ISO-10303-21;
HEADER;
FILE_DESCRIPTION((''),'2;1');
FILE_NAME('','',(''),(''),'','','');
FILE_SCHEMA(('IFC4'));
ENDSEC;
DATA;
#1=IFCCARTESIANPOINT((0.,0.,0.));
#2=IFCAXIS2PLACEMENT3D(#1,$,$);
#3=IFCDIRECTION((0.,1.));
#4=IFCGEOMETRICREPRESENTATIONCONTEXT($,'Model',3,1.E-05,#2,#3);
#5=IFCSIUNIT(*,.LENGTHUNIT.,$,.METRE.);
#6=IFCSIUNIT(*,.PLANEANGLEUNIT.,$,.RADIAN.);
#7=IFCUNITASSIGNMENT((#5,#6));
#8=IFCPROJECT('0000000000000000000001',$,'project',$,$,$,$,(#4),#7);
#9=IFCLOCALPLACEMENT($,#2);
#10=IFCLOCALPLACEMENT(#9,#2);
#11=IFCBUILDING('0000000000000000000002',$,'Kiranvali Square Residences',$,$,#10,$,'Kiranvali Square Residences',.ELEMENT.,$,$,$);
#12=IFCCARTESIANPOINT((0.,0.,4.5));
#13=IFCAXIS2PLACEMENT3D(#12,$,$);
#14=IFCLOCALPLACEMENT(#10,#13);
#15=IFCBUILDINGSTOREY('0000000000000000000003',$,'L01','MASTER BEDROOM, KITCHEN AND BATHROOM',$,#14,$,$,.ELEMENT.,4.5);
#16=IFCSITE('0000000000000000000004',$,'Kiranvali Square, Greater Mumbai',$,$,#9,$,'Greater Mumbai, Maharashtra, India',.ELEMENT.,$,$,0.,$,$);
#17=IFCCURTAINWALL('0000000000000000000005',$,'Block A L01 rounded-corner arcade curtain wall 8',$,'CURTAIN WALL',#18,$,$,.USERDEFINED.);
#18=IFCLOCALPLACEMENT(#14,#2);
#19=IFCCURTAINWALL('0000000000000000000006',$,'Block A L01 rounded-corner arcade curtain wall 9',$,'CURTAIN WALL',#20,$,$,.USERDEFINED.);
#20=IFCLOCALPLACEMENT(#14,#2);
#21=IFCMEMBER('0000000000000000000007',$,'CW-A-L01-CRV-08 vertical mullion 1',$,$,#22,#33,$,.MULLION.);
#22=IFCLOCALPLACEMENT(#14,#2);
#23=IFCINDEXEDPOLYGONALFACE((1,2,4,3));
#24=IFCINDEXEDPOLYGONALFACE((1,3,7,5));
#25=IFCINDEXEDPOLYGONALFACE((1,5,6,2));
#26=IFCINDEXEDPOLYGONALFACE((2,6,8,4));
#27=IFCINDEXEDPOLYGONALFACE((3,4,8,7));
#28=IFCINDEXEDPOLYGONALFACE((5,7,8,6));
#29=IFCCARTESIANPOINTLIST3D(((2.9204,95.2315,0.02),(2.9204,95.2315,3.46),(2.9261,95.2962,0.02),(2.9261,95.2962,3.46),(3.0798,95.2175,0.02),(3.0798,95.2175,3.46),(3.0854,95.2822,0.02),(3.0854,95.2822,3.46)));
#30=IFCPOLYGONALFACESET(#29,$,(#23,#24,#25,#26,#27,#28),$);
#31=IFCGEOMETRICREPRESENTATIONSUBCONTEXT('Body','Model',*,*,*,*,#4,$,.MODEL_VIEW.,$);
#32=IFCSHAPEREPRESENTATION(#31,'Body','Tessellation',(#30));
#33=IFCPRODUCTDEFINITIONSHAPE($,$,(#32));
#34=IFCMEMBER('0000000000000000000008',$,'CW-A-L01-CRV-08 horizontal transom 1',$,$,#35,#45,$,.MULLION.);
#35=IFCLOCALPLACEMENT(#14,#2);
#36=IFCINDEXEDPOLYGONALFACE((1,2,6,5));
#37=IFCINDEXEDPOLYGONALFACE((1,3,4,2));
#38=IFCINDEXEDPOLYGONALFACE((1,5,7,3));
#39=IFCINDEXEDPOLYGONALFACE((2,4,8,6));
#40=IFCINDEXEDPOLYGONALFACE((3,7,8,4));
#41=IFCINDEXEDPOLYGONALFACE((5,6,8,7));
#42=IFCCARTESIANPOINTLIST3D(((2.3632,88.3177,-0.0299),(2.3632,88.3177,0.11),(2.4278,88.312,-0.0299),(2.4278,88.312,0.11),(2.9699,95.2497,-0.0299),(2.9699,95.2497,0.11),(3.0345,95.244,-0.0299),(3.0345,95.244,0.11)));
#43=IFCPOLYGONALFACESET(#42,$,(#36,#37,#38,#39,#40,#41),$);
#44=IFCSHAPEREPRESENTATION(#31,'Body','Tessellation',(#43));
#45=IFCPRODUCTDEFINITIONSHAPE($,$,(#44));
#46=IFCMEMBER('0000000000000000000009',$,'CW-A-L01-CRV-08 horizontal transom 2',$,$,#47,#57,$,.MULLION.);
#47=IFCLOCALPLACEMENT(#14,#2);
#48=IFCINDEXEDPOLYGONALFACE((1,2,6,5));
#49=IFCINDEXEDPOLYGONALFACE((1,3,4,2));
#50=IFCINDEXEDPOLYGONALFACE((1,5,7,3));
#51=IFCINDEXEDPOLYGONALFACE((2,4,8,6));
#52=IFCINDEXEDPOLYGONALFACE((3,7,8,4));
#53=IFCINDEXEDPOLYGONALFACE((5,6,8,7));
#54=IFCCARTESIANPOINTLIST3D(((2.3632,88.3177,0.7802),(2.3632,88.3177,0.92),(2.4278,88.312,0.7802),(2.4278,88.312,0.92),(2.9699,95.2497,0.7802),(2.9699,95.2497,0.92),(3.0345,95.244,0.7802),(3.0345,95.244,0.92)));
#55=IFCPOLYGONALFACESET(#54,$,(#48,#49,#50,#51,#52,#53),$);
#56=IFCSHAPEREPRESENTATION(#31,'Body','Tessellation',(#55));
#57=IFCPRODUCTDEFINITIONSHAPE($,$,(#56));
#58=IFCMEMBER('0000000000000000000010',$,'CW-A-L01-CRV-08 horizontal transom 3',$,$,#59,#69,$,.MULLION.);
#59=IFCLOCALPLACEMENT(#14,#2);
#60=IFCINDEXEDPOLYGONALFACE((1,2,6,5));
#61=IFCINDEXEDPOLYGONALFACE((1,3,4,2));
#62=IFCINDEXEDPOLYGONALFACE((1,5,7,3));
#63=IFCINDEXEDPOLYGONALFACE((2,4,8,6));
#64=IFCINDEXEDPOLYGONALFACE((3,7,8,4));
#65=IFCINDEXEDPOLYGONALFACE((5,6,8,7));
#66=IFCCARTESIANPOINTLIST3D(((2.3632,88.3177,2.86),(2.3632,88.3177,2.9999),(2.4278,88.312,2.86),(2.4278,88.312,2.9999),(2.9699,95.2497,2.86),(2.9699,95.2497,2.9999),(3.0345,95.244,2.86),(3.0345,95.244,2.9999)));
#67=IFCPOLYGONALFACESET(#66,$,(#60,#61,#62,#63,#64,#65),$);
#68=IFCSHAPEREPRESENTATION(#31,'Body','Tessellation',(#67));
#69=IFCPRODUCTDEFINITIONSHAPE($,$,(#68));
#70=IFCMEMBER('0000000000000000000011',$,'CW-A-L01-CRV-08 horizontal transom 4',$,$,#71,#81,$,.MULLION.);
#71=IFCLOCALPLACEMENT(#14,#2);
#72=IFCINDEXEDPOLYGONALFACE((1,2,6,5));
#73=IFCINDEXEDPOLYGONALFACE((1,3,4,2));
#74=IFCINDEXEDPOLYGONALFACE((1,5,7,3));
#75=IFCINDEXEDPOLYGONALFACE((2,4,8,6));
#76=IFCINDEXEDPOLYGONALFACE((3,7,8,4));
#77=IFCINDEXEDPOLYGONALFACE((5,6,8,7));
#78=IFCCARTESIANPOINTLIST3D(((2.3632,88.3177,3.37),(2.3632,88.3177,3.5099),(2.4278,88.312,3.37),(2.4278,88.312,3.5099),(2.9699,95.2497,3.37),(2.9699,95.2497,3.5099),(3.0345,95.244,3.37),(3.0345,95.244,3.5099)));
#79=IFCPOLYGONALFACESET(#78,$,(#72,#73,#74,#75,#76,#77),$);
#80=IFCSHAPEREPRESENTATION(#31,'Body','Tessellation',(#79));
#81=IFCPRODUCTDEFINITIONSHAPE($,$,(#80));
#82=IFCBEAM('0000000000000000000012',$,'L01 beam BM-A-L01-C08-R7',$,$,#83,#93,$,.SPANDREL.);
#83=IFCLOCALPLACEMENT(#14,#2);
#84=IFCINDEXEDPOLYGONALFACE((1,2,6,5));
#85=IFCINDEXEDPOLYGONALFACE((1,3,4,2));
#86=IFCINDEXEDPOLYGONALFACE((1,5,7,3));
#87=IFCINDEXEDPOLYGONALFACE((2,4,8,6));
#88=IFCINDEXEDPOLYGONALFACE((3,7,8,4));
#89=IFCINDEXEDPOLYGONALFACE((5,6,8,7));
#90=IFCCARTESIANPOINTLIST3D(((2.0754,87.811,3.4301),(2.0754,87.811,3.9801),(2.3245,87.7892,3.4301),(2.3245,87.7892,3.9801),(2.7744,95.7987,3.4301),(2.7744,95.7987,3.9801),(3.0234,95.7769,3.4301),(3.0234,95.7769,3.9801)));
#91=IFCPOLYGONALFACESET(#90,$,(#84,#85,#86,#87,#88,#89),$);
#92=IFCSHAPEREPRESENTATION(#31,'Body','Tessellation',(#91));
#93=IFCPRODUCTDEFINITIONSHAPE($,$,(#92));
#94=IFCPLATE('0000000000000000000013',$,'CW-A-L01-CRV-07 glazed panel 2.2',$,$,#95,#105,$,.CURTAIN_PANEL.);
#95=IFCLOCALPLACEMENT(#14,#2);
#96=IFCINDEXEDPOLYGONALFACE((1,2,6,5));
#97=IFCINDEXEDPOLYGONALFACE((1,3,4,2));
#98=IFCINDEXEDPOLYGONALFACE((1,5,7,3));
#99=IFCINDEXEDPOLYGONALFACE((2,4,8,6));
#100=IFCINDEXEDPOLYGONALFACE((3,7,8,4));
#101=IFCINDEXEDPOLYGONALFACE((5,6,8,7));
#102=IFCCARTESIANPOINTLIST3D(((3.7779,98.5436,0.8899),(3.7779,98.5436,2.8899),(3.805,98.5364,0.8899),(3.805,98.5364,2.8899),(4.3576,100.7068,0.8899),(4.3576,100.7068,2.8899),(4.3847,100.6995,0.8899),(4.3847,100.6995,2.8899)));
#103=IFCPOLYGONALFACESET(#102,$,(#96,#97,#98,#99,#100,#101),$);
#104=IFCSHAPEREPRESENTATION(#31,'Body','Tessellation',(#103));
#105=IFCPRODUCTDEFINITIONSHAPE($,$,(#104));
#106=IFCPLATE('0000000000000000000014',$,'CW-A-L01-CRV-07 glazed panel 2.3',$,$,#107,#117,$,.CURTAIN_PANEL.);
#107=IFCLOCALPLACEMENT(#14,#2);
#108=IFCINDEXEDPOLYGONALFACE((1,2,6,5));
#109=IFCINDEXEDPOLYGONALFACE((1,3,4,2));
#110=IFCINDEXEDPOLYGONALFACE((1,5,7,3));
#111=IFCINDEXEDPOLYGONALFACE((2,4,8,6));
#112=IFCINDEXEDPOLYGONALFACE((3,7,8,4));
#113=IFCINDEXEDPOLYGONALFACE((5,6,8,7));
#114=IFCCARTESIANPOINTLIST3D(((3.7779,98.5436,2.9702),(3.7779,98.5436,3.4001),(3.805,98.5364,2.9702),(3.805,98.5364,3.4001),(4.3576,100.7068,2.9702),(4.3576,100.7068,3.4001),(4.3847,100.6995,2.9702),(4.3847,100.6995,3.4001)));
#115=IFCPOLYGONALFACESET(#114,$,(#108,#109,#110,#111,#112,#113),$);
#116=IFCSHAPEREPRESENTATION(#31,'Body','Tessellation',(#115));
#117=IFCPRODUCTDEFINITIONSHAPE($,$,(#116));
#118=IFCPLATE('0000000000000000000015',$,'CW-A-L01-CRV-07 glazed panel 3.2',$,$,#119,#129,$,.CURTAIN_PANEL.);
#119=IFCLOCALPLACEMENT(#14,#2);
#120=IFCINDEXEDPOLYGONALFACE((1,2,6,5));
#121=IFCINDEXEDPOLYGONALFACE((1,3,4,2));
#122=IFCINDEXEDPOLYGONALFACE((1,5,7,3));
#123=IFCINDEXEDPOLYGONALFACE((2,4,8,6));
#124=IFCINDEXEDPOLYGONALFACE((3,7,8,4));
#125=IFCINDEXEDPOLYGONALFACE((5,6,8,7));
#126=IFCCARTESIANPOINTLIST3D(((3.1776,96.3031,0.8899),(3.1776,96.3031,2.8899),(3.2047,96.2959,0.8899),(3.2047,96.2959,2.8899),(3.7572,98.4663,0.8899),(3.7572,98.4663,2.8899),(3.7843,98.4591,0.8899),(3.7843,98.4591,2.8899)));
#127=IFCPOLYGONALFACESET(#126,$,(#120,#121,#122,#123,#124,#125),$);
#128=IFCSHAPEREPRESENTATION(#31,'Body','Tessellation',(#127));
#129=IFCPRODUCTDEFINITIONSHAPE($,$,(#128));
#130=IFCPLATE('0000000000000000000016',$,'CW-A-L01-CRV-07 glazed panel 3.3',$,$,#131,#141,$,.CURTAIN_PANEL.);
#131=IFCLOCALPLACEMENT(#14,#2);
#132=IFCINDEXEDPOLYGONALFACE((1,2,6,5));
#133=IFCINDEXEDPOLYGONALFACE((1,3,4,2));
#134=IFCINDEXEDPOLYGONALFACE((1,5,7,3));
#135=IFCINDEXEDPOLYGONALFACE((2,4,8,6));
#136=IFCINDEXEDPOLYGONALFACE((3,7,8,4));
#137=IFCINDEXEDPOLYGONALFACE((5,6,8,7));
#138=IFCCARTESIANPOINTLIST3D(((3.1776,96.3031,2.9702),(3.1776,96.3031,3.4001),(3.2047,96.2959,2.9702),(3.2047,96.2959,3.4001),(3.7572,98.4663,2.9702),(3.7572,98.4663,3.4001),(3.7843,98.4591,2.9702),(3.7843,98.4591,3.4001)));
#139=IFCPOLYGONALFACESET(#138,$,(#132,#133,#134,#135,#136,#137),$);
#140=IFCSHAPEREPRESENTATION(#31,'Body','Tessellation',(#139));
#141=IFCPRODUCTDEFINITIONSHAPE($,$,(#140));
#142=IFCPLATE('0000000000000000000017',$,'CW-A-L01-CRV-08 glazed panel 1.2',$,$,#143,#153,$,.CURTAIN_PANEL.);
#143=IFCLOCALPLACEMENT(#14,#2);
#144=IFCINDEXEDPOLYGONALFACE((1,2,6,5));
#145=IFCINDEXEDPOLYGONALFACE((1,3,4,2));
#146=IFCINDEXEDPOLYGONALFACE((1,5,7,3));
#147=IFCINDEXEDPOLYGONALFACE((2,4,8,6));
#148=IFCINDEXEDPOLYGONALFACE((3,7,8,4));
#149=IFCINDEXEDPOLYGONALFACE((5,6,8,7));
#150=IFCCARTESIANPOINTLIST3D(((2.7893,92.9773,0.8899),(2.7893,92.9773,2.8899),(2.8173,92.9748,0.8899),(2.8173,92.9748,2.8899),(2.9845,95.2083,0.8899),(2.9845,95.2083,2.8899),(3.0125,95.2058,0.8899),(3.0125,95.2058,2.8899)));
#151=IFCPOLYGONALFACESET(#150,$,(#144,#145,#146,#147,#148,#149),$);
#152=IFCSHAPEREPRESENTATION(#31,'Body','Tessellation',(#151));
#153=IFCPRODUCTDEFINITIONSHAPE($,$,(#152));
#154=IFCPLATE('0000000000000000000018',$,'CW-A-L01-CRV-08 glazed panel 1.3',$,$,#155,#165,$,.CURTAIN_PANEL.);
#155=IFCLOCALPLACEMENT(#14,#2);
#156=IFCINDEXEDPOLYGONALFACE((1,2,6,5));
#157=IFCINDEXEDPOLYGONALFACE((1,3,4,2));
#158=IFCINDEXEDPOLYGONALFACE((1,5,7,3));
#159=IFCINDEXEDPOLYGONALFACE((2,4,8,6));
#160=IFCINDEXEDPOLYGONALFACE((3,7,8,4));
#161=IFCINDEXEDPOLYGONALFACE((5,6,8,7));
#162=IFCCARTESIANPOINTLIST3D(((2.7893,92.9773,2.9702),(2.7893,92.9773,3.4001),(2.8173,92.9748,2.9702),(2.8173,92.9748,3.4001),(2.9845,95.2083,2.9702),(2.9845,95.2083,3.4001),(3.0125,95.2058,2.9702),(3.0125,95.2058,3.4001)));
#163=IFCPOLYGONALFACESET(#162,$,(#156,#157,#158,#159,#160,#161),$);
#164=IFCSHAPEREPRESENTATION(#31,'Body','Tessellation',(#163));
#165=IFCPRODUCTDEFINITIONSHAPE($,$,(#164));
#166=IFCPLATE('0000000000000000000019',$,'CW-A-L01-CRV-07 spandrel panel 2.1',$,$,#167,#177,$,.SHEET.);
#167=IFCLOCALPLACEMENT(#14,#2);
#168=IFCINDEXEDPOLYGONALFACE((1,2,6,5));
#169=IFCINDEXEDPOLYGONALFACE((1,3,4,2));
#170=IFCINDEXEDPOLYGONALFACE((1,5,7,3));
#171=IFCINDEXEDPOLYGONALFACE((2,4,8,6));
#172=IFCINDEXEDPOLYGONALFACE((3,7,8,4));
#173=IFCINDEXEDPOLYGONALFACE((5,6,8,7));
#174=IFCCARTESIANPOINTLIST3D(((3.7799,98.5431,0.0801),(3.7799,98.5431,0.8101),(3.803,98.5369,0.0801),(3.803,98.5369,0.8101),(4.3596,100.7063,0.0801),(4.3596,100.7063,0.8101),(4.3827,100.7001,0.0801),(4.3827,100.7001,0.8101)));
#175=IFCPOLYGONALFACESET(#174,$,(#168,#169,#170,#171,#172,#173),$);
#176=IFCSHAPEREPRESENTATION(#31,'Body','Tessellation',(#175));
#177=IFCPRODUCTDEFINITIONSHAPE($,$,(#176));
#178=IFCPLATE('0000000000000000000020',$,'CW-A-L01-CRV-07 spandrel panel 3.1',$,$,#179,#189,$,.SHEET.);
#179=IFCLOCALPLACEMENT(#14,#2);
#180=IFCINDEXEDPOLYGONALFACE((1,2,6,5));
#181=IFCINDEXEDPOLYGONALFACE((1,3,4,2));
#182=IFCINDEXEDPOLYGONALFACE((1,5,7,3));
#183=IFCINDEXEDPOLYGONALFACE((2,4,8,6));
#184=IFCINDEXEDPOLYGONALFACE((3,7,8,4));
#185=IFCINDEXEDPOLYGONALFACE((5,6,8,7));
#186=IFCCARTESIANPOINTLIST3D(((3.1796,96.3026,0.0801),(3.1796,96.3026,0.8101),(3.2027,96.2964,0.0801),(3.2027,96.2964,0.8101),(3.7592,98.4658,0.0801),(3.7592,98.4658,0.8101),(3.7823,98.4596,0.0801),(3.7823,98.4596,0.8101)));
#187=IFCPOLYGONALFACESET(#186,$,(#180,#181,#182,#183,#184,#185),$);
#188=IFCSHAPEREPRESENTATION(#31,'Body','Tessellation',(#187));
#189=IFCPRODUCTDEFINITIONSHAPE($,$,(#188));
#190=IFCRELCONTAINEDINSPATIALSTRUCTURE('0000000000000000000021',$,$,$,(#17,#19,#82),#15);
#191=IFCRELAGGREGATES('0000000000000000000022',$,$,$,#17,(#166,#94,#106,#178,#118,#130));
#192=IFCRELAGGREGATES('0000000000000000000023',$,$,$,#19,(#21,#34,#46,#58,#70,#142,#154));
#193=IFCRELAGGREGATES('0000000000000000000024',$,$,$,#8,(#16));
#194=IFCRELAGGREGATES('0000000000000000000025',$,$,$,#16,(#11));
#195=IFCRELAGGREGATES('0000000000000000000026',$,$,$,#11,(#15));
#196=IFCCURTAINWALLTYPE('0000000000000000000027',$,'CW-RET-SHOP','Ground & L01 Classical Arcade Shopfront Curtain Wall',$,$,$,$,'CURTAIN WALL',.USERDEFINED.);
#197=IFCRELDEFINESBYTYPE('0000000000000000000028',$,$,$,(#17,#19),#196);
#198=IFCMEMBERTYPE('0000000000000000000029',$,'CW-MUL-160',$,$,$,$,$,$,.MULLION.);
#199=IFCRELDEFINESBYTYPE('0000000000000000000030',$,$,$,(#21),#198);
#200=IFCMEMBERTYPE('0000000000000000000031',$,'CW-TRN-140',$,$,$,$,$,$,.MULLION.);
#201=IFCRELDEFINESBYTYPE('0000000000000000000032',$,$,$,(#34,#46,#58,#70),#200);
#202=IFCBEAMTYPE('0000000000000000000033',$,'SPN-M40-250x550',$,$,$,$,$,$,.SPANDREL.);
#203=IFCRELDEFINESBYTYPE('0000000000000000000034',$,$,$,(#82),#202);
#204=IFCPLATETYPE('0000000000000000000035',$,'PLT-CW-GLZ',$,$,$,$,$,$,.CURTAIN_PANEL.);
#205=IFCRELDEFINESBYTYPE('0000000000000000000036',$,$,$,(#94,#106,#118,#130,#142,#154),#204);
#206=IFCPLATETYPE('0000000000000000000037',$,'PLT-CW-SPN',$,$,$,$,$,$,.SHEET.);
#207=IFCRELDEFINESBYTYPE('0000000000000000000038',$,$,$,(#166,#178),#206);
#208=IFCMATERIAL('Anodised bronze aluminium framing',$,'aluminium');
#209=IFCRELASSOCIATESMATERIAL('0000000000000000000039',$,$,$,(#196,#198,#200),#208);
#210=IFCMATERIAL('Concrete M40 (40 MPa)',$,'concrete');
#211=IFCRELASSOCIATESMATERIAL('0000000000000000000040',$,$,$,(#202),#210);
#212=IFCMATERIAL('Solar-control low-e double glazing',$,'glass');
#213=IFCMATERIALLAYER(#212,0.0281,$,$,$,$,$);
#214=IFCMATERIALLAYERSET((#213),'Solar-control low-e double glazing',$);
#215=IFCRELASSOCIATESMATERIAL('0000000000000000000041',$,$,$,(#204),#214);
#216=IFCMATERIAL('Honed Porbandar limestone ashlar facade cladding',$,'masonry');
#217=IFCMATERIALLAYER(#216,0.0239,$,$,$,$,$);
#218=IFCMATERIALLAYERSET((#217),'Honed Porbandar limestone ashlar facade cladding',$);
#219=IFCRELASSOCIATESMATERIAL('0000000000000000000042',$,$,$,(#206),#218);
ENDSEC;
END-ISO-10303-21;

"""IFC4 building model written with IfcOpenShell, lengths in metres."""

from ifc_helpers import new_model, si_unit, direction, frame, origin, origin_2d, place, context, subcontext, project, spatial, rectangle, extrude, material, layer, layer_set, material_profile, profile_set, type_object, element, aggregate, save


model = new_model("IFC4")

# Units and contexts
model_context = context("Model", 3, precision=1e-05, world=origin(), true_north=direction((0.0, 1.0)))
body_context = subcontext(model_context, "Body", "Model", "MODEL_VIEW")
ifc_project = project(units=[si_unit("LENGTHUNIT", "METRE"), si_unit("PLANEANGLEUNIT", "RADIAN")], contexts=[model_context])

# Site, building, storey
site_placement = place(None, origin())
site = spatial("IfcSite", under=ifc_project, at=site_placement, Name="Kiranvali Square, Greater Mumbai", LongName="Greater Mumbai, Maharashtra, India", CompositionType="ELEMENT", RefElevation=0.0)
building_placement = place(site_placement, origin())
building = spatial("IfcBuilding", under=site, at=building_placement, Name="Kiranvali Square Residences", LongName="Kiranvali Square Residences", CompositionType="ELEMENT")
storey_placement = place(building_placement, frame((0.0, 0.0, 4.5)))
storey = spatial("IfcBuildingStorey", under=building, at=storey_placement, Name="L01", Description="MASTER BEDROOM, KITCHEN AND BATHROOM", CompositionType="ELEMENT", Elevation=4.5)

# Shared definitions
ifc_material_1 = material(Name="Concrete M40 (40 MPa)", Category="concrete")

# Curtain walls, members
ifc_material_2 = material(Name="Anodised bronze aluminium framing", Category="aluminium")
curtain_wall_type = type_object("IfcCurtainWallType", Name="CW-RET-SHOP", Description="Ground & L01 Classical Arcade Shopfront Curtain Wall", ElementType="CURTAIN WALL", PredefinedType="USERDEFINED", material=ifc_material_2)
curtain_wall_1_placement = place(storey_placement, origin())
curtain_wall_1 = element("IfcCurtainWall", 1, at=curtain_wall_1_placement, inside=storey, type_object=curtain_wall_type, Name="Block A L01 rounded-corner arcade curtain wall 8", ObjectType="CURTAIN WALL", PredefinedType="USERDEFINED")
ifc_material_profile_1 = material_profile(ifc_material_2, rectangle(XDim=0.0649, YDim=0.1599, at=origin_2d()), Name="ALU 65x160")
ifc_profile_set_1 = profile_set([ifc_material_profile_1], Name="Anodised bronze aluminium framing")
member_type_1 = type_object("IfcMemberType", Name="CW-MUL-160", PredefinedType="MULLION", material=ifc_profile_set_1)
curtain_wall_2_placement = place(storey_placement, origin())
curtain_wall_2 = element("IfcCurtainWall", 2, at=curtain_wall_2_placement, inside=storey, type_object=curtain_wall_type, Name="Block A L01 rounded-corner arcade curtain wall 9", ObjectType="CURTAIN WALL", PredefinedType="USERDEFINED")
member_1_placement = place(storey_placement, frame((3.0029, 95.2568, 0.02), z_axis=(0.0, 0.0, 1.0), x_axis=(-0.087156, -0.996195, 0.0)))
member_1 = element("IfcMember", 3, at=member_1_placement, type_object=member_type_1, Name="CW-A-L01-CRV-08 vertical mullion 1", PredefinedType="MULLION", context=body_context, shape_type="SweptSolid", body=[
    extrude(rectangle(XDim=0.0649, YDim=0.1599, at=origin_2d()), origin(), (0.0, 0.0, 1.0), 3.4399),
])
ifc_material_profile_2 = material_profile(ifc_material_2, rectangle(XDim=0.0649, YDim=0.1399, at=origin_2d()), Name="ALU 65x140")
ifc_profile_set_2 = profile_set([ifc_material_profile_2], Name="Anodised bronze aluminium framing")
member_type_2 = type_object("IfcMemberType", Name="CW-TRN-140", PredefinedType="MULLION", material=ifc_profile_set_2)
member_2_placement = place(storey_placement, frame((3.0022, 95.2468, 0.04), z_axis=(-0.087188, -0.996192, 0.0), x_axis=(0.996192, -0.087188, 0.0)))
member_2 = element("IfcMember", 4, at=member_2_placement, type_object=member_type_2, Name="CW-A-L01-CRV-08 horizontal transom 1", PredefinedType="MULLION", context=body_context, shape_type="SweptSolid", body=[
    extrude(rectangle(XDim=0.0649, YDim=0.1399, at=origin_2d()), origin(), (0.0, 0.0, 1.0), 6.9585),
])
member_3_placement = place(storey_placement, frame((3.0022, 95.2468, 0.8501), z_axis=(-0.087188, -0.996192, 0.0), x_axis=(0.996192, -0.087188, 0.0)))
member_3 = element("IfcMember", 5, at=member_3_placement, type_object=member_type_2, Name="CW-A-L01-CRV-08 horizontal transom 2", PredefinedType="MULLION", context=body_context, shape_type="SweptSolid", body=[
    extrude(rectangle(XDim=0.0649, YDim=0.1399, at=origin_2d()), origin(), (0.0, 0.0, 1.0), 6.9585),
])
member_4_placement = place(storey_placement, frame((3.0022, 95.2468, 2.9299), z_axis=(-0.087188, -0.996192, 0.0), x_axis=(0.996192, -0.087188, 0.0)))
member_4 = element("IfcMember", 6, at=member_4_placement, type_object=member_type_2, Name="CW-A-L01-CRV-08 horizontal transom 3", PredefinedType="MULLION", context=body_context, shape_type="SweptSolid", body=[
    extrude(rectangle(XDim=0.0649, YDim=0.1399, at=origin_2d()), origin(), (0.0, 0.0, 1.0), 6.9585),
])
member_5_placement = place(storey_placement, frame((3.0022, 95.2468, 3.4399), z_axis=(-0.087188, -0.996192, 0.0), x_axis=(0.996192, -0.087188, 0.0)))
member_5 = element("IfcMember", 7, at=member_5_placement, type_object=member_type_2, Name="CW-A-L01-CRV-08 horizontal transom 4", PredefinedType="MULLION", context=body_context, shape_type="SweptSolid", body=[
    extrude(rectangle(XDim=0.0649, YDim=0.1399, at=origin_2d()), origin(), (0.0, 0.0, 1.0), 6.9585),
])

# Beam
ifc_material_profile_3 = material_profile(ifc_material_1, rectangle(XDim=0.25, YDim=0.55, at=origin_2d()), Name="RC 250x550")
ifc_profile_set_3 = profile_set([ifc_material_profile_3], Name="Concrete M40 (40 MPa)")
beam_type_1 = type_object("IfcBeamType", Name="SPN-M40-250x550", PredefinedType="SPANDREL", material=ifc_profile_set_3)
beam_1_placement = place(storey_placement, frame((2.8989, 95.7878, 3.7051), z_axis=(-0.087172, -0.996193, 0.0), x_axis=(0.996193, -0.087172, 0.0)))
element("IfcBeam", 8, at=beam_1_placement, inside=storey, type_object=beam_type_1, Name="L01 beam BM-A-L01-C08-R7", PredefinedType="SPANDREL", context=body_context, shape_type="SweptSolid", body=[
    extrude(rectangle(XDim=0.25, YDim=0.55, at=origin_2d()), origin(), (0.0, 0.0, 1.0), 8.0183),
])

# Plates
ifc_material_3 = material(Name="Solar-control low-e double glazing", Category="glass")
ifc_layer_1 = layer(ifc_material_3, 0.0281)
ifc_layer_set_1 = layer_set([ifc_layer_1], Name="Solar-control low-e double glazing")
plate_type_1 = type_object("IfcPlateType", Name="PLT-CW-GLZ", PredefinedType="CURTAIN_PANEL", material=ifc_layer_set_1)
plate_1_placement = place(storey_placement, frame((4.0813, 99.6216, 0.8899), z_axis=(0.0, 0.0, 1.0), x_axis=(-0.258819, -0.965926, 0.0)))
plate_1 = element("IfcPlate", 9, at=plate_1_placement, type_object=plate_type_1, Name="CW-A-L01-CRV-07 glazed panel 2.2", PredefinedType="CURTAIN_PANEL", context=body_context, shape_type="SweptSolid", body=[
    extrude(rectangle(XDim=2.2395, YDim=0.0281, at=origin_2d()), origin(), (0.0, 0.0, 1.0), 2.0),
])
plate_2_placement = place(storey_placement, frame((4.0813, 99.6216, 2.9702), z_axis=(0.0, 0.0, 1.0), x_axis=(-0.258819, -0.965926, 0.0)))
plate_2 = element("IfcPlate", 10, at=plate_2_placement, type_object=plate_type_1, Name="CW-A-L01-CRV-07 glazed panel 2.3", PredefinedType="CURTAIN_PANEL", context=body_context, shape_type="SweptSolid", body=[
    extrude(rectangle(XDim=2.2395, YDim=0.0281, at=origin_2d()), origin(), (0.0, 0.0, 1.0), 0.4299),
])
plate_3_placement = place(storey_placement, frame((3.481, 97.3811, 0.8899), z_axis=(0.0, 0.0, 1.0), x_axis=(-0.258819, -0.965926, 0.0)))
plate_3 = element("IfcPlate", 11, at=plate_3_placement, type_object=plate_type_1, Name="CW-A-L01-CRV-07 glazed panel 3.2", PredefinedType="CURTAIN_PANEL", context=body_context, shape_type="SweptSolid", body=[
    extrude(rectangle(XDim=2.2395, YDim=0.0281, at=origin_2d()), origin(), (0.0, 0.0, 1.0), 2.0),
])
plate_4_placement = place(storey_placement, frame((3.481, 97.3811, 2.9702), z_axis=(0.0, 0.0, 1.0), x_axis=(-0.258819, -0.965926, 0.0)))
plate_4 = element("IfcPlate", 12, at=plate_4_placement, type_object=plate_type_1, Name="CW-A-L01-CRV-07 glazed panel 3.3", PredefinedType="CURTAIN_PANEL", context=body_context, shape_type="SweptSolid", body=[
    extrude(rectangle(XDim=2.2395, YDim=0.0281, at=origin_2d()), origin(), (0.0, 0.0, 1.0), 0.4299),
])
plate_5_placement = place(storey_placement, frame((2.9009, 94.0916, 0.8899), z_axis=(0.0, 0.0, 1.0), x_axis=(-0.087156, -0.996195, 0.0)))
plate_5 = element("IfcPlate", 13, at=plate_5_placement, type_object=plate_type_1, Name="CW-A-L01-CRV-08 glazed panel 1.2", PredefinedType="CURTAIN_PANEL", context=body_context, shape_type="SweptSolid", body=[
    extrude(rectangle(XDim=2.2395, YDim=0.0281, at=origin_2d()), origin(), (0.0, 0.0, 1.0), 2.0),
])
plate_6_placement = place(storey_placement, frame((2.9009, 94.0916, 2.9702), z_axis=(0.0, 0.0, 1.0), x_axis=(-0.087156, -0.996195, 0.0)))
plate_6 = element("IfcPlate", 14, at=plate_6_placement, type_object=plate_type_1, Name="CW-A-L01-CRV-08 glazed panel 1.3", PredefinedType="CURTAIN_PANEL", context=body_context, shape_type="SweptSolid", body=[
    extrude(rectangle(XDim=2.2395, YDim=0.0281, at=origin_2d()), origin(), (0.0, 0.0, 1.0), 0.4299),
])
ifc_material_4 = material(Name="Honed Porbandar limestone ashlar facade cladding", Category="masonry")
ifc_layer_2 = layer(ifc_material_4, 0.0239)
ifc_layer_set_2 = layer_set([ifc_layer_2], Name="Honed Porbandar limestone ashlar facade cladding")
plate_type_2 = type_object("IfcPlateType", Name="PLT-CW-SPN", PredefinedType="SHEET", material=ifc_layer_set_2)
plate_7_placement = place(storey_placement, frame((4.0813, 99.6216, 0.0801), z_axis=(0.0, 0.0, 1.0), x_axis=(-0.258819, -0.965926, 0.0)))
plate_7 = element("IfcPlate", 15, at=plate_7_placement, type_object=plate_type_2, Name="CW-A-L01-CRV-07 spandrel panel 2.1", PredefinedType="SHEET", context=body_context, shape_type="SweptSolid", body=[
    extrude(rectangle(XDim=2.2395, YDim=0.0239, at=origin_2d()), origin(), (0.0, 0.0, 1.0), 0.73),
])
plate_8_placement = place(storey_placement, frame((3.481, 97.3811, 0.0801), z_axis=(0.0, 0.0, 1.0), x_axis=(-0.258819, -0.965926, 0.0)))
plate_8 = element("IfcPlate", 16, at=plate_8_placement, type_object=plate_type_2, Name="CW-A-L01-CRV-07 spandrel panel 3.1", PredefinedType="SHEET", context=body_context, shape_type="SweptSolid", body=[
    extrude(rectangle(XDim=2.2395, YDim=0.0239, at=origin_2d()), origin(), (0.0, 0.0, 1.0), 0.73),
])
aggregate(curtain_wall_1, [plate_7, plate_1, plate_2, plate_8, plate_3, plate_4])
aggregate(curtain_wall_2, [member_1, member_2, member_3, member_4, member_5, plate_5, plate_6])

save(model, "model.ifc")
